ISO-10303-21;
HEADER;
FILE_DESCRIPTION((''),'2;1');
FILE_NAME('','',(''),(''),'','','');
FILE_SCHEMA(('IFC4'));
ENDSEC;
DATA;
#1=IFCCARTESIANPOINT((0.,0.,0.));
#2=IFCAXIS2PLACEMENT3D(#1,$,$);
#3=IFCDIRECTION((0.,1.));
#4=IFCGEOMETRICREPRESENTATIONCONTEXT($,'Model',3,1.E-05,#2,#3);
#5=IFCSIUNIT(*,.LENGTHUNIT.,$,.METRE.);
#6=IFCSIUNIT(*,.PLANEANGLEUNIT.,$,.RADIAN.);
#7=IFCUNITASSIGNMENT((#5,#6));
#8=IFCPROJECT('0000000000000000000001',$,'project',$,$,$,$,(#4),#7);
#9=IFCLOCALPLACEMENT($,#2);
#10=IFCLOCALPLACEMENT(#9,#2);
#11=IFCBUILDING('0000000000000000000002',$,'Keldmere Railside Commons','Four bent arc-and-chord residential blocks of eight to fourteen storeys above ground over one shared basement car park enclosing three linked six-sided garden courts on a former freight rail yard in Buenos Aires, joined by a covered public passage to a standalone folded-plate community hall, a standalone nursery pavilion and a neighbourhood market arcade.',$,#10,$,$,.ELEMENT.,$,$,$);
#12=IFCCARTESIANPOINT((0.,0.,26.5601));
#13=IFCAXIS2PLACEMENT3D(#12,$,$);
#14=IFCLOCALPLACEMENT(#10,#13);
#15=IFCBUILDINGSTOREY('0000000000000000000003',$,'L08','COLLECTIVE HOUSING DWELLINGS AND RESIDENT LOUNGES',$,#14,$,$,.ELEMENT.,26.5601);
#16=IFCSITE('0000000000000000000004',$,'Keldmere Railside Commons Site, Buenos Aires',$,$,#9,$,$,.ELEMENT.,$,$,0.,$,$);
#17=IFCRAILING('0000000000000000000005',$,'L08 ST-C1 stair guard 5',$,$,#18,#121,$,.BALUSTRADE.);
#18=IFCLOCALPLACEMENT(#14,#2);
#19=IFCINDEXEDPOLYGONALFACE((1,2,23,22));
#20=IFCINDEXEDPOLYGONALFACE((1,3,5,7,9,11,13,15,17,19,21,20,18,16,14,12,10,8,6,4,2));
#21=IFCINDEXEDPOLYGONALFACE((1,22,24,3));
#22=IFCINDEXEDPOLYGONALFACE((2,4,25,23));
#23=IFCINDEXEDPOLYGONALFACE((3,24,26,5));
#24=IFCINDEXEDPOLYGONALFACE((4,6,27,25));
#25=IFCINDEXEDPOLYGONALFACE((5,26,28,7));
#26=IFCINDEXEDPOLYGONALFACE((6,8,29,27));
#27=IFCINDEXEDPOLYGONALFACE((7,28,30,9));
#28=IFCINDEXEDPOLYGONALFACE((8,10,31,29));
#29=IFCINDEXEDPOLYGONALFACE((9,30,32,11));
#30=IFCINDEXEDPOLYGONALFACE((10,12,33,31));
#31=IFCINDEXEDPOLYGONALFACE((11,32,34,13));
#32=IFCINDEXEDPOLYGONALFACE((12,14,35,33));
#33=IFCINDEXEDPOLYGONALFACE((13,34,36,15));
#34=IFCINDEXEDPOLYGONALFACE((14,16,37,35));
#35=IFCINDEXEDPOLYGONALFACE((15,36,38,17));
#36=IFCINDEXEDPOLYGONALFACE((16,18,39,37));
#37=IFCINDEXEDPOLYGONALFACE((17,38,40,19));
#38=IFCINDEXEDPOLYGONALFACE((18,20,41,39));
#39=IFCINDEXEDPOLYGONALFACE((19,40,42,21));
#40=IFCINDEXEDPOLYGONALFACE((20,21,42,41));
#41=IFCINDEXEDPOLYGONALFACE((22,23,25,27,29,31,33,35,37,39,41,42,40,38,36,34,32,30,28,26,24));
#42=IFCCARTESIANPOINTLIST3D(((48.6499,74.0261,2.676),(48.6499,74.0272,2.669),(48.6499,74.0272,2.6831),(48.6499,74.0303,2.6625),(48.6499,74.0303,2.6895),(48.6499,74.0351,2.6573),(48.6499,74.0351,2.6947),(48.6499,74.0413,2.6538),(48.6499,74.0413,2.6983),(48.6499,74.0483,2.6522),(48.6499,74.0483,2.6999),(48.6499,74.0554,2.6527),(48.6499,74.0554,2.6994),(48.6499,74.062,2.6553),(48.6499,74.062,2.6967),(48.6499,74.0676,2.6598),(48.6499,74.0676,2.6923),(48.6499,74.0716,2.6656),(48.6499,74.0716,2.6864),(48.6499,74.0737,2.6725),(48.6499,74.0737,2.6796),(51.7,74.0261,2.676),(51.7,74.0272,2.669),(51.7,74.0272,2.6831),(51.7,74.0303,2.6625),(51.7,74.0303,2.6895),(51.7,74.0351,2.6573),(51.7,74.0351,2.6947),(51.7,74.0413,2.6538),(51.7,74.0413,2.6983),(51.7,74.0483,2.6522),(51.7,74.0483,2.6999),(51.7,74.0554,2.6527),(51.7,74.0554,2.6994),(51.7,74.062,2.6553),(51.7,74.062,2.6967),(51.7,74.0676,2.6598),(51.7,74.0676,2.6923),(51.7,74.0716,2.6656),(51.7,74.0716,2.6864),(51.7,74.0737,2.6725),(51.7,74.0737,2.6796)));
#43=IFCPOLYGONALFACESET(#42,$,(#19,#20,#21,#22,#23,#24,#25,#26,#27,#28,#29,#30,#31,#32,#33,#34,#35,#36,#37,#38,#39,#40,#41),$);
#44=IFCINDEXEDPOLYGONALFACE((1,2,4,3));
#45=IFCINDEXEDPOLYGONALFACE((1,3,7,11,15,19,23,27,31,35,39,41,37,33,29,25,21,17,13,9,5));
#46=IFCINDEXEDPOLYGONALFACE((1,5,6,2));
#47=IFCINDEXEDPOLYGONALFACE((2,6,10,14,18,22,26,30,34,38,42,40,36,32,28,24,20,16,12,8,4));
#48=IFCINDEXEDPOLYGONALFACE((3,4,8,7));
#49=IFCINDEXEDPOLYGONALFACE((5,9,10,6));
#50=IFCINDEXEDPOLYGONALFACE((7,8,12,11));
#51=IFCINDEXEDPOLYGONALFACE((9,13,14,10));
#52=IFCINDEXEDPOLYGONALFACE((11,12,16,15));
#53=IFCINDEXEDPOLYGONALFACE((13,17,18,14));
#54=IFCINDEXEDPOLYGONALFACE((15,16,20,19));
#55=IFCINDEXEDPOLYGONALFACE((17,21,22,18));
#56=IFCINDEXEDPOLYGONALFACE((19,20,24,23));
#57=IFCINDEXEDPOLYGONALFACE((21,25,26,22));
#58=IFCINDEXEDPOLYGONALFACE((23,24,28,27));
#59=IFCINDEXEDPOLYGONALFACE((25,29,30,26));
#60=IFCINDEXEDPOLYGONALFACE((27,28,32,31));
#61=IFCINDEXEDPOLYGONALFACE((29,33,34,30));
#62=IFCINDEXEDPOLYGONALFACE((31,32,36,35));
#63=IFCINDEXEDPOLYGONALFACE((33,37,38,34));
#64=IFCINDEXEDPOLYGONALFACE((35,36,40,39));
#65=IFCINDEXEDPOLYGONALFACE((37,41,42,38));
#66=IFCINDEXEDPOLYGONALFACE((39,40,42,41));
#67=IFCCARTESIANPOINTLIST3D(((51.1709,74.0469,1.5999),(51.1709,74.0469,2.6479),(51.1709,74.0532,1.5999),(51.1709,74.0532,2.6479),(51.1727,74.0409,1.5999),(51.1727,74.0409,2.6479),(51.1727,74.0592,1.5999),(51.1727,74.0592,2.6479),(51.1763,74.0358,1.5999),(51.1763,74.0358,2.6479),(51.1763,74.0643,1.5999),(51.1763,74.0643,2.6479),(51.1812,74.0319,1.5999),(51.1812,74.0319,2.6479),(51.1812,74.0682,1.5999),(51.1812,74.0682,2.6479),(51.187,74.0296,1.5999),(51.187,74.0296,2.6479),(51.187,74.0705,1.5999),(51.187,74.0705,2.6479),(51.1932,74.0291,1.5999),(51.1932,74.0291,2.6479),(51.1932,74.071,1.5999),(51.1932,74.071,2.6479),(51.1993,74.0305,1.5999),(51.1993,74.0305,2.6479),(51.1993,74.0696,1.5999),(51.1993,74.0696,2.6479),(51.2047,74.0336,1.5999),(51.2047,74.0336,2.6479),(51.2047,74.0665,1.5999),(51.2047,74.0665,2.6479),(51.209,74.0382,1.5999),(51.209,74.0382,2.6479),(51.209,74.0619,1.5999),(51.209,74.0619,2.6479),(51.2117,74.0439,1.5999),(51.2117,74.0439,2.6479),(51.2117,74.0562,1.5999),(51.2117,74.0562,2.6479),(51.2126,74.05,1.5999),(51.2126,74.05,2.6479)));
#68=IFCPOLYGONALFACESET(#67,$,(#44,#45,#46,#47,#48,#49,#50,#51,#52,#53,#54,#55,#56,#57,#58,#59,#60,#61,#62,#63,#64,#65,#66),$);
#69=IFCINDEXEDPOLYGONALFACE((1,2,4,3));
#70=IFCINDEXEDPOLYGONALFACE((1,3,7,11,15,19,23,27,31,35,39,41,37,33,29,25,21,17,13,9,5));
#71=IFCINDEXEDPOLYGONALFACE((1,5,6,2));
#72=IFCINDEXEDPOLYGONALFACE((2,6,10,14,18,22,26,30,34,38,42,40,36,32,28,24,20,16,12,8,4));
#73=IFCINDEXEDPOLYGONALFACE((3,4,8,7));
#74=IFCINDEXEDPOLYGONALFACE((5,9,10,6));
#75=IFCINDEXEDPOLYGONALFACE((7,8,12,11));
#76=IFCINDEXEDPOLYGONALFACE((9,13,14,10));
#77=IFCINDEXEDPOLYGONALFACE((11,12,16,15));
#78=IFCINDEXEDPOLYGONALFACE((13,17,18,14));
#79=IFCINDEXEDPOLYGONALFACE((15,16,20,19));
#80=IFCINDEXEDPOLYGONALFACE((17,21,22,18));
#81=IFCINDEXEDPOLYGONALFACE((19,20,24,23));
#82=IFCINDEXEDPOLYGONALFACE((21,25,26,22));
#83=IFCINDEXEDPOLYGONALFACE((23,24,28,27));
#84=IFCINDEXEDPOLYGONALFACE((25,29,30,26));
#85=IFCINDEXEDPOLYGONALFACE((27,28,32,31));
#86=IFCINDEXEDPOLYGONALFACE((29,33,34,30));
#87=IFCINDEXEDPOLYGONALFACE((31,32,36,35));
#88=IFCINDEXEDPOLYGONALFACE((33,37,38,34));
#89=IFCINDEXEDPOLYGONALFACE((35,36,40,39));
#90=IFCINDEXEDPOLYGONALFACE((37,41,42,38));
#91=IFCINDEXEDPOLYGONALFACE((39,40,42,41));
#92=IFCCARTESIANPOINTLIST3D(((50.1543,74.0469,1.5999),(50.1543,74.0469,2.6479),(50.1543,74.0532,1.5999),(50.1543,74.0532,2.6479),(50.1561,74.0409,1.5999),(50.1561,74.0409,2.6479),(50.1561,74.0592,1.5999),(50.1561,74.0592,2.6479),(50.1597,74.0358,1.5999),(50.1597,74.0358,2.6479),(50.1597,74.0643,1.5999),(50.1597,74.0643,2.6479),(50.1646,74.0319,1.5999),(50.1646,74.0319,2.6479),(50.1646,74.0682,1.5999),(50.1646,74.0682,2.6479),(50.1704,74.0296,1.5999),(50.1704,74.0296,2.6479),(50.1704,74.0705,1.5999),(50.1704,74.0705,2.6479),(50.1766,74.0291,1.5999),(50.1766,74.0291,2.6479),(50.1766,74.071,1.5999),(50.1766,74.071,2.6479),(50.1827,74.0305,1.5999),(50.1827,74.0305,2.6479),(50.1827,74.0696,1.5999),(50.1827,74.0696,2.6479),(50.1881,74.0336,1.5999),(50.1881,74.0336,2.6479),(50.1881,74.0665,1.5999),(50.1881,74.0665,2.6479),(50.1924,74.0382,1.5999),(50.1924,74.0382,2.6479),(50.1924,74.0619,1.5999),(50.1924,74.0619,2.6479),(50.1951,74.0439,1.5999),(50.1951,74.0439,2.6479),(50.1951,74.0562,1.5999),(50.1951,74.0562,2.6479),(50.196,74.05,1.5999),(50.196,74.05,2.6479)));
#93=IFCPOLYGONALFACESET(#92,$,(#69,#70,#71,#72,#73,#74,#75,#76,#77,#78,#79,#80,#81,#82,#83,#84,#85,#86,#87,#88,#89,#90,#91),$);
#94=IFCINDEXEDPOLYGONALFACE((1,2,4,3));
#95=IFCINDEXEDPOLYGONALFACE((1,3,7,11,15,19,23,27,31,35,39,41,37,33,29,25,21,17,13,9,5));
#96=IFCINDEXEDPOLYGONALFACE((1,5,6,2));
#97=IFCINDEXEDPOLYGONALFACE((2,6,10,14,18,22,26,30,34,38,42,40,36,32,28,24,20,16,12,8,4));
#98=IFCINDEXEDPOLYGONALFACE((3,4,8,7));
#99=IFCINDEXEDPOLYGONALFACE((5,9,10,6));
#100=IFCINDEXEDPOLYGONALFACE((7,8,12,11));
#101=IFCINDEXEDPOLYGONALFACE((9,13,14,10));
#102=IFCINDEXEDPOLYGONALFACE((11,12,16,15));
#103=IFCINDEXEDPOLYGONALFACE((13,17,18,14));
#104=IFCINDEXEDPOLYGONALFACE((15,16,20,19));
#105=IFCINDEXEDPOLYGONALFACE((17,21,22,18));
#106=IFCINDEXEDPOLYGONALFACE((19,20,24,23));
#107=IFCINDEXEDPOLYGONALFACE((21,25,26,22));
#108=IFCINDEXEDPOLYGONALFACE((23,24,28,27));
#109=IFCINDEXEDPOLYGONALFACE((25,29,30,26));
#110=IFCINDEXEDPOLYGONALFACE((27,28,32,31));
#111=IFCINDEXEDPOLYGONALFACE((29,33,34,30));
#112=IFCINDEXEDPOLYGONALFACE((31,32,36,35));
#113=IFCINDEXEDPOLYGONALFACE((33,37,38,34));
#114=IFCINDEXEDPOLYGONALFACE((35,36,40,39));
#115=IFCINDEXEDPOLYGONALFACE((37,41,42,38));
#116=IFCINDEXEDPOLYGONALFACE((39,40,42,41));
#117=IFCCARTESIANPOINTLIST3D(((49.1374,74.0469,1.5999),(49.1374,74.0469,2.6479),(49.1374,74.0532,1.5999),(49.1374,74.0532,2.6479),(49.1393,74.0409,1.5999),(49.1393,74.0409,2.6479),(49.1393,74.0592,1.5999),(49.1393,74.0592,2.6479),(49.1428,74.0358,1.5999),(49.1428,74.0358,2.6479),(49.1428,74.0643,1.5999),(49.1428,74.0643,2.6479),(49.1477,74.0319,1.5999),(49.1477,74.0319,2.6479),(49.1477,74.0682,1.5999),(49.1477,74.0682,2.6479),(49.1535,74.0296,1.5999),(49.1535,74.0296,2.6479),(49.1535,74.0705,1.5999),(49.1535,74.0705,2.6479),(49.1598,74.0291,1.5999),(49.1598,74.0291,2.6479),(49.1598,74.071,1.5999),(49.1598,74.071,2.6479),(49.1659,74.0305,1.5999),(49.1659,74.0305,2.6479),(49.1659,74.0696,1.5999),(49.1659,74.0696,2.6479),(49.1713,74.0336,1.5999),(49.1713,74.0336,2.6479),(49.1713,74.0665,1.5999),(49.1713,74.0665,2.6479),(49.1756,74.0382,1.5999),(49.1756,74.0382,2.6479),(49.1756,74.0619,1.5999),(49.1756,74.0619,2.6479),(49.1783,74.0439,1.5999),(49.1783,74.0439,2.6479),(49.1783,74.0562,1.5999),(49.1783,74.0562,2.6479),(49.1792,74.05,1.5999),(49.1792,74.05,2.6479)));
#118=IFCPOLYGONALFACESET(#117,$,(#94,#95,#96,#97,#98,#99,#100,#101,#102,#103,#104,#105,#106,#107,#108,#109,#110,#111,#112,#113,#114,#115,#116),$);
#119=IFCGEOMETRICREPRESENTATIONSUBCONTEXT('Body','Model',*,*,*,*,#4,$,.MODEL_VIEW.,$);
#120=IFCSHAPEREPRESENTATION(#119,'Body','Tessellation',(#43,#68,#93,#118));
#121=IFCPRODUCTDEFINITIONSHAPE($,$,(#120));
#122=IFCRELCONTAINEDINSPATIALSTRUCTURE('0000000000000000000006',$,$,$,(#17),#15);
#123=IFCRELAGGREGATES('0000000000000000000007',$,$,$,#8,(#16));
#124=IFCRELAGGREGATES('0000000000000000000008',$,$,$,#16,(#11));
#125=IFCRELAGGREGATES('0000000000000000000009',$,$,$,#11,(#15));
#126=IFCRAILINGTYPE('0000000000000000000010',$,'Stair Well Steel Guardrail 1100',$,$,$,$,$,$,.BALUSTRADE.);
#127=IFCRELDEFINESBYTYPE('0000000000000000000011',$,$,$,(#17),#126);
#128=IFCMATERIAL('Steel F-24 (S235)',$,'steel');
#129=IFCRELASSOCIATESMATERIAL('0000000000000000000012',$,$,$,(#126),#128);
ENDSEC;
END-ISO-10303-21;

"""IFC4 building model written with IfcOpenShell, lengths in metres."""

from ifc_helpers import new_model, si_unit, direction, frame, origin, origin_2d, place, context, subcontext, project, spatial, circle, extrude, material, type_object, element, save


model = new_model("IFC4")

# Units and contexts
model_context = context("Model", 3, precision=1e-05, world=origin(), true_north=direction((0.0, 1.0)))
body_context = subcontext(model_context, "Body", "Model", "MODEL_VIEW")
ifc_project = project(units=[si_unit("LENGTHUNIT", "METRE"), si_unit("PLANEANGLEUNIT", "RADIAN")], contexts=[model_context])

# Site, building, storey
site_placement = place(None, origin())
site = spatial("IfcSite", under=ifc_project, at=site_placement, Name="Keldmere Railside Commons Site, Buenos Aires", CompositionType="ELEMENT", RefElevation=0.0)
building_placement = place(site_placement, origin())
building = spatial("IfcBuilding", under=site, at=building_placement, Name="Keldmere Railside Commons", Description="Four bent arc-and-chord residential blocks of eight to fourteen storeys above ground over one shared basement car park enclosing three linked six-sided garden courts on a former freight rail yard in Buenos Aires, joined by a covered public passage to a standalone folded-plate community hall, a standalone nursery pavilion and a neighbourhood market arcade.", CompositionType="ELEMENT")
storey_placement = place(building_placement, frame((0.0, 0.0, 26.5601)))
storey = spatial("IfcBuildingStorey", under=building, at=storey_placement, Name="L08", Description="COLLECTIVE HOUSING DWELLINGS AND RESIDENT LOUNGES", CompositionType="ELEMENT", Elevation=26.5601)

# Shared definitions
ifc_material_1 = material(Name="Steel F-24 (S235)", Category="steel")

# Railing
railing_type_1 = type_object("IfcRailingType", Name="Stair Well Steel Guardrail 1100", PredefinedType="BALUSTRADE", material=ifc_material_1)
railing_1_placement = place(storey_placement, frame((51.7, 74.05, 1.5999)))
element("IfcRailing", 1, at=railing_1_placement, inside=storey, type_object=railing_type_1, Name="L08 ST-C1 stair guard 5", PredefinedType="BALUSTRADE", context=body_context, shape_type="SweptSolid", body=[
    extrude(circle(Radius=0.0239, at=origin_2d()), frame((0.0, 0.0, 1.0762), z_axis=(-1.0, 0.0, 0.0), x_axis=(0.0, -1.0, 0.0)), (0.0, 0.0, 1.0), 3.05),
    extrude(circle(Radius=0.021, at=origin_2d()), frame((-0.5083, 0.0, 0.0)), (0.0, 0.0, 1.0), 1.0481),
    extrude(circle(Radius=0.021, at=origin_2d()), frame((-1.5249, 0.0, 0.0)), (0.0, 0.0, 1.0), 1.0481),
    extrude(circle(Radius=0.021, at=origin_2d()), frame((-2.5417, 0.0, 0.0)), (0.0, 0.0, 1.0), 1.0481),
])

save(model, "model.ifc")
